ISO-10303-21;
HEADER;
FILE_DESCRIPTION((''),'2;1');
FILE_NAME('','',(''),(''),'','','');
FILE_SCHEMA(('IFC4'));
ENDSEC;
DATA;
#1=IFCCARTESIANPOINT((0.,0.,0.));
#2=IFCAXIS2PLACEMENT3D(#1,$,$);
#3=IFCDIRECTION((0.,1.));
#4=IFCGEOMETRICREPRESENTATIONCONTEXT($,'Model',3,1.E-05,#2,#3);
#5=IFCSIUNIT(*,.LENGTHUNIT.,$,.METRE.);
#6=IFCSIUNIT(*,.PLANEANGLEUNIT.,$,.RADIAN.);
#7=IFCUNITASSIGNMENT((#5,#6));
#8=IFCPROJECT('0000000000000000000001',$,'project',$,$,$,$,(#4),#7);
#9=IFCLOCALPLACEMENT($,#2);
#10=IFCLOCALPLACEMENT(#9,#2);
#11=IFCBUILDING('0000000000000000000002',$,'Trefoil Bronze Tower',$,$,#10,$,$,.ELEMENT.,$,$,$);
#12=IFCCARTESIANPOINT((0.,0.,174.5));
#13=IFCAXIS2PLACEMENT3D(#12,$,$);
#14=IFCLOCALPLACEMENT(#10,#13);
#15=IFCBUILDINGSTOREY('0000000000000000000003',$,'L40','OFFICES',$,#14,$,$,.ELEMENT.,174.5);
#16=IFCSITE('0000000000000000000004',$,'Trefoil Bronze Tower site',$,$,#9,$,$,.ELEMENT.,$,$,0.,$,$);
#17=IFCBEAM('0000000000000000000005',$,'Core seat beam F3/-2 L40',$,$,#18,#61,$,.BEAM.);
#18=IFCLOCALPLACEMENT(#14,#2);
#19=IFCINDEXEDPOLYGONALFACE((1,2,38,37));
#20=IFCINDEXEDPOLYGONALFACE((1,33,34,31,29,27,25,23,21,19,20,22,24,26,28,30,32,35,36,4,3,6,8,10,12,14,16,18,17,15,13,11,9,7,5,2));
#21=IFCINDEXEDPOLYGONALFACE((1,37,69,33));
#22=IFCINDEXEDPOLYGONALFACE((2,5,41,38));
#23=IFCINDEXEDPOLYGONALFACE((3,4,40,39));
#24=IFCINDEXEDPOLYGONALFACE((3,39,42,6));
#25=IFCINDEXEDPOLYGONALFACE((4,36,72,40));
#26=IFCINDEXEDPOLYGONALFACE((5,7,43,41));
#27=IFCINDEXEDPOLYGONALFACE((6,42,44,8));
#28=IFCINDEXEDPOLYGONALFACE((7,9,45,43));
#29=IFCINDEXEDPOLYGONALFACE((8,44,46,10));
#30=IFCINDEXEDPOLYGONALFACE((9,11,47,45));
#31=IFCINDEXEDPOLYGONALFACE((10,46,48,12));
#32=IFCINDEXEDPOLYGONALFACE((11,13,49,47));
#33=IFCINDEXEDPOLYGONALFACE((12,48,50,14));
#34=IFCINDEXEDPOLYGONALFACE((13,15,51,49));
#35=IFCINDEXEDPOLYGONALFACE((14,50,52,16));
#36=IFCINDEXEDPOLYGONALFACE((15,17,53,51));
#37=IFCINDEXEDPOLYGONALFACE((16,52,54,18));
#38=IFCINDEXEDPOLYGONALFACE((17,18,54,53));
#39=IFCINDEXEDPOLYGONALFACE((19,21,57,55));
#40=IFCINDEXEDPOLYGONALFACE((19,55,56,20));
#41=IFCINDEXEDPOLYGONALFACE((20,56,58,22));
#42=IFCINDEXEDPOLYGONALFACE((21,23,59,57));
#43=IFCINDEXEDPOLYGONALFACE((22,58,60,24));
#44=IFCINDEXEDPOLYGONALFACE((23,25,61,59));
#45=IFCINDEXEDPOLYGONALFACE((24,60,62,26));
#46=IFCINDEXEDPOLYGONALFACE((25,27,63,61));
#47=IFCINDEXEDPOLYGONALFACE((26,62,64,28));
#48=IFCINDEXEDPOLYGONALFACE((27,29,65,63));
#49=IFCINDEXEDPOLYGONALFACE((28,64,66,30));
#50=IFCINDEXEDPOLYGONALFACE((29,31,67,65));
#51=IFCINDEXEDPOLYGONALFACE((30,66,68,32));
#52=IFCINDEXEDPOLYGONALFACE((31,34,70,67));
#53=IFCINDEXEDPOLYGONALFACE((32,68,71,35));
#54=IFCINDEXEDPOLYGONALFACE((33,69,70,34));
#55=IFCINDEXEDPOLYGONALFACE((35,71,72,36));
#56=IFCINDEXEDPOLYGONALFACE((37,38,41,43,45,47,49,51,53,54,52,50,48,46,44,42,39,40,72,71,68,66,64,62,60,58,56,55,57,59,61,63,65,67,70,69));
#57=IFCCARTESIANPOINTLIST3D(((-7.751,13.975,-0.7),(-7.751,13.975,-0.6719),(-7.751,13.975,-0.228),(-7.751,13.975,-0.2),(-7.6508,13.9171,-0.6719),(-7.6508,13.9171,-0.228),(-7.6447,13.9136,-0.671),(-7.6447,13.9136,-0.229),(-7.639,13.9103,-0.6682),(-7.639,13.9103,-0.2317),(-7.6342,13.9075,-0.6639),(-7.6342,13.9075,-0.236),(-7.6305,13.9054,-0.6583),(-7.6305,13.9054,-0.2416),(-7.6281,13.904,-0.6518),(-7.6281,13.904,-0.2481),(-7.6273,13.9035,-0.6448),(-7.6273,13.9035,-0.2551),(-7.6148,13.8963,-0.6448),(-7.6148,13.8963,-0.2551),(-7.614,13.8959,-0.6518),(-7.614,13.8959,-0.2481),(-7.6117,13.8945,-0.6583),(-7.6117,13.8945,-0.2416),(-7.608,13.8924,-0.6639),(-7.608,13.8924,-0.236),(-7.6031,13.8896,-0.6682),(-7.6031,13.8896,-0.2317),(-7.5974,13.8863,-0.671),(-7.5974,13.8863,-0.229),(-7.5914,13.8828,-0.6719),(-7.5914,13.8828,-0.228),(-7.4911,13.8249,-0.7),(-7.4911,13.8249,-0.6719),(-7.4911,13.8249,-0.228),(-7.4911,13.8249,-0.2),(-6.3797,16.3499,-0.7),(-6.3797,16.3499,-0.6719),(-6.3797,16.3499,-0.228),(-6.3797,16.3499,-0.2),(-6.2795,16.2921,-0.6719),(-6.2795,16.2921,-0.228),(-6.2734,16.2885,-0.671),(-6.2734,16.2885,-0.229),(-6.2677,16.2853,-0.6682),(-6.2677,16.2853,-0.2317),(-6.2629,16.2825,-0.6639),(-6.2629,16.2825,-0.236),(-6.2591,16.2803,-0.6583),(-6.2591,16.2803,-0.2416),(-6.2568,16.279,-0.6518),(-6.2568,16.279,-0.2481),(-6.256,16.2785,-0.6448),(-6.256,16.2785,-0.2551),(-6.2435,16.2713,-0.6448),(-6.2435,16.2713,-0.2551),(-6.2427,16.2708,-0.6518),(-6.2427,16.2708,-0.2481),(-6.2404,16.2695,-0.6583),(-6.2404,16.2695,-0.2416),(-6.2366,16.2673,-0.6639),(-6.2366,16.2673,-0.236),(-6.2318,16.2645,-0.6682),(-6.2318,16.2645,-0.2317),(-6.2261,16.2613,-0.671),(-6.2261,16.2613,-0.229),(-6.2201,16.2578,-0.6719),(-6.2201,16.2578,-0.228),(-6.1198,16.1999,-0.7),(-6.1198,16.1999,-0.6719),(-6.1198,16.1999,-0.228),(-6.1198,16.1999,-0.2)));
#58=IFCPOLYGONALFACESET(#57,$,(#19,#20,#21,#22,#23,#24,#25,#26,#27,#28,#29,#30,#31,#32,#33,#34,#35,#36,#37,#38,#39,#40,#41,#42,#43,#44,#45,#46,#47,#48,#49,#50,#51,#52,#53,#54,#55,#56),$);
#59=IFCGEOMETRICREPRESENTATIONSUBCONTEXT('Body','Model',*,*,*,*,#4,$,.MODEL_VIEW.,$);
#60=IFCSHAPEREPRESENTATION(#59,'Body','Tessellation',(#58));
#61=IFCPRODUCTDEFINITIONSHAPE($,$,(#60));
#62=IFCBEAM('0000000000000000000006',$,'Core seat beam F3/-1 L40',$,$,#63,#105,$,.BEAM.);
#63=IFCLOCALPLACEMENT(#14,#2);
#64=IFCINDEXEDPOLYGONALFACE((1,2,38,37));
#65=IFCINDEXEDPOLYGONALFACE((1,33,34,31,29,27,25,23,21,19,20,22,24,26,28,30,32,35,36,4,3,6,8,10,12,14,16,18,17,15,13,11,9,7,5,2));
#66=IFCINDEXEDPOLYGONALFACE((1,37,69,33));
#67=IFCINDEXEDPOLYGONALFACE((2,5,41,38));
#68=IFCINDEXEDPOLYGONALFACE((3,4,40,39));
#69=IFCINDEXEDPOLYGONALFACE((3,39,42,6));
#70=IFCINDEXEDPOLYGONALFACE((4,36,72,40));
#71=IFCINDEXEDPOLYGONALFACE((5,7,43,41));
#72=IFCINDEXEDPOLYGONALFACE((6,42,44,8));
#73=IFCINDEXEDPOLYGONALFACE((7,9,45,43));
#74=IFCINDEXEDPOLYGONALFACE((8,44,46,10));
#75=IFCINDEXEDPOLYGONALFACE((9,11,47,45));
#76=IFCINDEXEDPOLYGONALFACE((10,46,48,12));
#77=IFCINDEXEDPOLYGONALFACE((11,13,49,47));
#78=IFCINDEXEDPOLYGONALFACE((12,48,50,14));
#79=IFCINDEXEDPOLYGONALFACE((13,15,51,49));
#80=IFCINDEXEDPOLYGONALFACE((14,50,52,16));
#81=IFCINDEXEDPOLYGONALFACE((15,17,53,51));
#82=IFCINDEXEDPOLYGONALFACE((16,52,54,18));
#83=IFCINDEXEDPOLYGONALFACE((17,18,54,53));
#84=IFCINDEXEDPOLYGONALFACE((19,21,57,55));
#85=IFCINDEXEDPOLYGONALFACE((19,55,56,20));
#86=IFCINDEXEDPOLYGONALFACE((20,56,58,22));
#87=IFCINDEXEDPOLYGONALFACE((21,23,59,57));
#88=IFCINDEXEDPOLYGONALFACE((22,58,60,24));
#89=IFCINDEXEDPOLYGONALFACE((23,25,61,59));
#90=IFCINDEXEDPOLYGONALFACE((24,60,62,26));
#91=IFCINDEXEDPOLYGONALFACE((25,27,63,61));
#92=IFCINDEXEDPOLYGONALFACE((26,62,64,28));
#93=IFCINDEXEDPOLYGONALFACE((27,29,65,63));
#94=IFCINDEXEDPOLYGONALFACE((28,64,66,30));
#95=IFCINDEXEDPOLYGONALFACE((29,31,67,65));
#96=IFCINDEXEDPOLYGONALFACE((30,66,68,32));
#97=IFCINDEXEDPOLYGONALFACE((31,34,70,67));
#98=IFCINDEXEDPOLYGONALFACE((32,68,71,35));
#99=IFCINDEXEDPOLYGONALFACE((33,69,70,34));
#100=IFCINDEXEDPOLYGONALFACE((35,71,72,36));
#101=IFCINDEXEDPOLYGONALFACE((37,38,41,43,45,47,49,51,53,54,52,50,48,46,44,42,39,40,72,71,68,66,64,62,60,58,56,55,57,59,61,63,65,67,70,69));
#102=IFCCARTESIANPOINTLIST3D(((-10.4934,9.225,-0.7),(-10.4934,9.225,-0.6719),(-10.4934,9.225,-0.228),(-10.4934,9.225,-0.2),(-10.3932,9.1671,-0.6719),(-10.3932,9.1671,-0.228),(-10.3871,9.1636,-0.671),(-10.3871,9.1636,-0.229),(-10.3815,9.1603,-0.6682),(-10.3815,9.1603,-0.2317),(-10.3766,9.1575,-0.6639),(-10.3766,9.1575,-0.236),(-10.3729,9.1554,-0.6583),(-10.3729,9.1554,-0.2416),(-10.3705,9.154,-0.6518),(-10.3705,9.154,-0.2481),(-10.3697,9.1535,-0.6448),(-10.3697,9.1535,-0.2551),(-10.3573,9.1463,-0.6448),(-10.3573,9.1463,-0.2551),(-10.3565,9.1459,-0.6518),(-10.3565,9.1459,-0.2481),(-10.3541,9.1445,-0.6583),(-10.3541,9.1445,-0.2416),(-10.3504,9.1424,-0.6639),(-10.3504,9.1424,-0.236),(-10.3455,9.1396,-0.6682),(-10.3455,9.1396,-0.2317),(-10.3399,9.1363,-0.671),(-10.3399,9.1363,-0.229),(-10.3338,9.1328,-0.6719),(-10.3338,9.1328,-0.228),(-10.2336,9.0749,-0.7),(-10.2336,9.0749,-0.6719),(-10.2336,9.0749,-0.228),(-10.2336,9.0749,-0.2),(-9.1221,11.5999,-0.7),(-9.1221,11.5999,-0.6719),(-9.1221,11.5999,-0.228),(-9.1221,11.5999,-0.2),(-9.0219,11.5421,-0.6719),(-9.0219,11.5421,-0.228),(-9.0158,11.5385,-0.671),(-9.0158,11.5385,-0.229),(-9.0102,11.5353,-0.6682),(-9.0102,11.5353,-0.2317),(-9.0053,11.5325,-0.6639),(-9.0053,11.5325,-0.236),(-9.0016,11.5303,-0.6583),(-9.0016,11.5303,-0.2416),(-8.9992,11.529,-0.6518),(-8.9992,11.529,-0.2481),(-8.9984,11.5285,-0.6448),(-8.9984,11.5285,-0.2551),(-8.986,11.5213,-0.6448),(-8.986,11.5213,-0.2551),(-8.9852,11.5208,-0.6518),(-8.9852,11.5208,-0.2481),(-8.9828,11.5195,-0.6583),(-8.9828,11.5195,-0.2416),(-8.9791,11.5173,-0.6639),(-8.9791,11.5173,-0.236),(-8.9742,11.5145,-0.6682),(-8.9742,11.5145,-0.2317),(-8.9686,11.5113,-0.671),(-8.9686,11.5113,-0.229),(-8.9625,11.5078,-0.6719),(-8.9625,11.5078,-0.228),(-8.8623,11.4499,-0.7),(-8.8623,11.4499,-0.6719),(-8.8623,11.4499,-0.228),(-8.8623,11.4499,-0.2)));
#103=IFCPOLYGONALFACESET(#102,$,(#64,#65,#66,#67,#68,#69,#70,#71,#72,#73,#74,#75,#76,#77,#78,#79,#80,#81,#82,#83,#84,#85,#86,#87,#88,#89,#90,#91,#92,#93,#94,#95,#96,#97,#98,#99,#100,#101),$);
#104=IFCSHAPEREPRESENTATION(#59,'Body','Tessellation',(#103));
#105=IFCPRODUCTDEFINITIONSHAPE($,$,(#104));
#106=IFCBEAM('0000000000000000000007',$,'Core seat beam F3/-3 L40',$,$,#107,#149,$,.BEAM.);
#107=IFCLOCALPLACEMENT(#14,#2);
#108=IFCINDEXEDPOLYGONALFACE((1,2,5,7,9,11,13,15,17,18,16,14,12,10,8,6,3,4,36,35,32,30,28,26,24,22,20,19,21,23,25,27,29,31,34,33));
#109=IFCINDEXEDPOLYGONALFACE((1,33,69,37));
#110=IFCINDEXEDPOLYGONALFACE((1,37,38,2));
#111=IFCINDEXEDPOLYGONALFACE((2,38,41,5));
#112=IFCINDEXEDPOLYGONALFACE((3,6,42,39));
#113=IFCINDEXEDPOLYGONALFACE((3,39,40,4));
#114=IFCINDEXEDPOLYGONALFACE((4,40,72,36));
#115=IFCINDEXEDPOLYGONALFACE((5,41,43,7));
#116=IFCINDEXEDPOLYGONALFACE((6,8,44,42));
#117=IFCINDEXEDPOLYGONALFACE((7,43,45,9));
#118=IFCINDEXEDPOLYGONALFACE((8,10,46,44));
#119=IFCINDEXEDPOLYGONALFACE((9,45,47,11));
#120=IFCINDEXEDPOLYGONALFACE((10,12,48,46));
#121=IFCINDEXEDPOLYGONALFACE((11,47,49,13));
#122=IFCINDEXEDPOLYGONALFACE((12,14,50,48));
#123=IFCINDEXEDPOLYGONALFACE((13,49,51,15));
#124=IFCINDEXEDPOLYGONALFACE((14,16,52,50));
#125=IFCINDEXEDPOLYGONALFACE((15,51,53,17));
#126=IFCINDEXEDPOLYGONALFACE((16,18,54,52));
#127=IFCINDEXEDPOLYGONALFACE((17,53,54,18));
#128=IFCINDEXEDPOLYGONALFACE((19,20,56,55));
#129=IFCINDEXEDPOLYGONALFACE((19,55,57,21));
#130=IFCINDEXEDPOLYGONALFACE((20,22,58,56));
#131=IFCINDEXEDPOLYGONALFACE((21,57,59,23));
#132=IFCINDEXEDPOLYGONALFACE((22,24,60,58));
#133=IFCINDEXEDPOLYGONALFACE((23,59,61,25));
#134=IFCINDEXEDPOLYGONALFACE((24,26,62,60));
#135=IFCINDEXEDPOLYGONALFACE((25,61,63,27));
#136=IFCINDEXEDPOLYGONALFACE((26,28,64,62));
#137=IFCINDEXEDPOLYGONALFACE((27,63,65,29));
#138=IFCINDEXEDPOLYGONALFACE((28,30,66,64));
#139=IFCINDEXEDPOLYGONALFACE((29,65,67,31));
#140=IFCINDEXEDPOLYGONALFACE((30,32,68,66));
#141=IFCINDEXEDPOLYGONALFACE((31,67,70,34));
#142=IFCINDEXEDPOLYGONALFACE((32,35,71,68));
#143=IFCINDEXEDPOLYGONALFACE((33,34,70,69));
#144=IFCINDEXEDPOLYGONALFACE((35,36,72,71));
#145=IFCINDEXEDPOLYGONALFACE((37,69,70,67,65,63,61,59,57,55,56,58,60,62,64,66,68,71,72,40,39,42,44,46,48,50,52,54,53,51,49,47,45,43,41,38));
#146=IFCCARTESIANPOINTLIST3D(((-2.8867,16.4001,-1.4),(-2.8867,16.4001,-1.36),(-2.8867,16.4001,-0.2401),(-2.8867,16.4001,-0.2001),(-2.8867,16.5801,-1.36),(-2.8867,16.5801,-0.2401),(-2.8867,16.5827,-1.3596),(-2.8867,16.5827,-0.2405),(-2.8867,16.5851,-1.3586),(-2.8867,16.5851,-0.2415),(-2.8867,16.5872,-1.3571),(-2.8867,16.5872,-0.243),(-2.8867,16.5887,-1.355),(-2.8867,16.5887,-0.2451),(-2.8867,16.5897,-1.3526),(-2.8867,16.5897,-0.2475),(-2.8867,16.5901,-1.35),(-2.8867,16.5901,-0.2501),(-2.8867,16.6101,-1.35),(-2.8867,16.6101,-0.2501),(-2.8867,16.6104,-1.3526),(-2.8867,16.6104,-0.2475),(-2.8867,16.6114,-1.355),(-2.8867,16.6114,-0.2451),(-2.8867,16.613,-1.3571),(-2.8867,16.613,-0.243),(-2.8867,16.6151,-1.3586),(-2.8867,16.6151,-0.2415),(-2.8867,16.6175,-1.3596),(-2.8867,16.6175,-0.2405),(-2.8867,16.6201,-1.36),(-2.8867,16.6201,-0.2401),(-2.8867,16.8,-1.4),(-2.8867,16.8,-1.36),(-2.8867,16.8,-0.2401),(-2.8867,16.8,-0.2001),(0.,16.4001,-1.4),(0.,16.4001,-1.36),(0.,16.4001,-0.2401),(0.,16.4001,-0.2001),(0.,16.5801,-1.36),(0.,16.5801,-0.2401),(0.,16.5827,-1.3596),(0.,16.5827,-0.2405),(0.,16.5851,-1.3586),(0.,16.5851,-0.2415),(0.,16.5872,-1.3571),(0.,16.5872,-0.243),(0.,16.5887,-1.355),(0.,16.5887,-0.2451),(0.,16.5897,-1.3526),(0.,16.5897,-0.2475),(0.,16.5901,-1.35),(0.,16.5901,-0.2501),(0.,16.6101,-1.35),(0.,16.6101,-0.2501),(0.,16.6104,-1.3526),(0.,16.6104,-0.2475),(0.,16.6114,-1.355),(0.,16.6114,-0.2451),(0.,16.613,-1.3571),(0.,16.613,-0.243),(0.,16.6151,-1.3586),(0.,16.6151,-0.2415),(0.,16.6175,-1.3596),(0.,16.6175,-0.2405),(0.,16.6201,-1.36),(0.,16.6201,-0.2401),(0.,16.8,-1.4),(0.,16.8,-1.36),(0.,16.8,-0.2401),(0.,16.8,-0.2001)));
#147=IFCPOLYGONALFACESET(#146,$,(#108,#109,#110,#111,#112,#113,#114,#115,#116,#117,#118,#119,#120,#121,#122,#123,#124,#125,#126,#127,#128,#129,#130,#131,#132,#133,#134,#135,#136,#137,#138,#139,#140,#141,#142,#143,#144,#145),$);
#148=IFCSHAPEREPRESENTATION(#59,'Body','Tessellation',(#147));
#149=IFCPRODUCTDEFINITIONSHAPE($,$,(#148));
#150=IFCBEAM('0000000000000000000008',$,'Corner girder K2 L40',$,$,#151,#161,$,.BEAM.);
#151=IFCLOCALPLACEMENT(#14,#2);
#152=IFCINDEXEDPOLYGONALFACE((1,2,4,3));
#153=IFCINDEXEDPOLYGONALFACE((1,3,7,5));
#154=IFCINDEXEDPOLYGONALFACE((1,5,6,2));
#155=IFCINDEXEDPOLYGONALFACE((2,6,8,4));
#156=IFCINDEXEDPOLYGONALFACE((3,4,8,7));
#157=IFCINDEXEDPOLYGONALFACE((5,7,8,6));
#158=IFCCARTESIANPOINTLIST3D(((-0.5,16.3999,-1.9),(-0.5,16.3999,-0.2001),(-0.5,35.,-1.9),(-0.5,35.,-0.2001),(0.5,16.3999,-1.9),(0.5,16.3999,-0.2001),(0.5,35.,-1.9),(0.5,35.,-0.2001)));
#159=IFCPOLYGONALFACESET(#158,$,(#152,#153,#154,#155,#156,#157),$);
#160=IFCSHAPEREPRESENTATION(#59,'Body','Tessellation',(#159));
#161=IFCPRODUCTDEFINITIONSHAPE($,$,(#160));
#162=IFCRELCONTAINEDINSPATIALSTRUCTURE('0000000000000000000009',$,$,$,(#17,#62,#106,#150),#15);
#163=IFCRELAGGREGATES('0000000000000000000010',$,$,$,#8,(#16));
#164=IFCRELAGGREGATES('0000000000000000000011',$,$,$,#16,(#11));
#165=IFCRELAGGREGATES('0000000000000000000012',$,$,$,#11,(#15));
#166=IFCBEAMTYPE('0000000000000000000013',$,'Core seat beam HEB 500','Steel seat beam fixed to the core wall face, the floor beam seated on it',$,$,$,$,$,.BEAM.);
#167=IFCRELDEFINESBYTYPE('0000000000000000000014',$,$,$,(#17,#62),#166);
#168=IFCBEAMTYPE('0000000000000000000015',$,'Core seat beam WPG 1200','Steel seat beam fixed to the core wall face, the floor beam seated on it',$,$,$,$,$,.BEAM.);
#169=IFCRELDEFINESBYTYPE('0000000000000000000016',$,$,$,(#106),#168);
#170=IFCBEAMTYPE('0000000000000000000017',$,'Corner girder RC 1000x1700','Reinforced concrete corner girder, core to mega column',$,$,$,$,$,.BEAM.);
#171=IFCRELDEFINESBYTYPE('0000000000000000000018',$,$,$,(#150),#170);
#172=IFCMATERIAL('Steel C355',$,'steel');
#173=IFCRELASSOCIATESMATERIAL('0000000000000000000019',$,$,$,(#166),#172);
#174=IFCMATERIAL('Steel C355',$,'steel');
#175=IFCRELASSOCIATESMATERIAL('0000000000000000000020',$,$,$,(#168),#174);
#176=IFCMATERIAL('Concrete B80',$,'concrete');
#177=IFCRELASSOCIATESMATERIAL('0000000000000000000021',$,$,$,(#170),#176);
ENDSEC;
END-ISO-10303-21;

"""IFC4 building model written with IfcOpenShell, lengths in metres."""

from ifc_helpers import new_model, si_unit, direction, frame, origin, origin_2d, place, context, subcontext, project, spatial, rectangle, i_section, extrude, material, material_profile, profile_set, type_object, element, save


model = new_model("IFC4")

# Units and contexts
model_context = context("Model", 3, precision=1e-05, world=origin(), true_north=direction((0.0, 1.0)))
body_context = subcontext(model_context, "Body", "Model", "MODEL_VIEW")
ifc_project = project(units=[si_unit("LENGTHUNIT", "METRE"), si_unit("PLANEANGLEUNIT", "RADIAN")], contexts=[model_context])

# Site, building, storey
site_placement = place(None, origin())
site = spatial("IfcSite", under=ifc_project, at=site_placement, Name="Trefoil Bronze Tower site", CompositionType="ELEMENT", RefElevation=0.0)
building_placement = place(site_placement, origin())
building = spatial("IfcBuilding", under=site, at=building_placement, Name="Trefoil Bronze Tower", CompositionType="ELEMENT")
storey_placement = place(building_placement, frame((0.0, 0.0, 174.5)))
storey = spatial("IfcBuildingStorey", under=building, at=storey_placement, Name="L40", Description="OFFICES", CompositionType="ELEMENT", Elevation=174.5)

# Beams
ifc_material_1 = material(Name="Steel C355", Category="steel")
ifc_material_profile_1 = material_profile(ifc_material_1, i_section(OverallWidth=0.3, OverallDepth=0.5, WebThickness=0.0144, FlangeThickness=0.0281, FilletRadius=0.0271, at=origin_2d()), Name="HEB 500")
ifc_profile_set_1 = profile_set([ifc_material_profile_1], Name="Steel C355")
beam_type_1 = type_object("IfcBeamType", Name="Core seat beam HEB 500", Description="Steel seat beam fixed to the core wall face, the floor beam seated on it", PredefinedType="BEAM", material=ifc_profile_set_1)
for number, where, z_axis, x_axis, name in (
    (1, (-6.2498, 16.2749, -0.45), (-0.500036, -0.866005, 0.0), (0.866005, -0.500036, 0.0), "Core seat beam F3/-2 L40"),
    (2, (-8.9922, 11.5249, -0.45), (-0.500036, -0.866005, 0.0), (0.866005, -0.500036, 0.0), "Core seat beam F3/-1 L40"),
):
    element("IfcBeam", number, at=place(storey_placement, frame(where, z_axis=z_axis, x_axis=x_axis)), inside=storey, type_object=beam_type_1, Name=name, PredefinedType="BEAM", context=body_context, shape_type="SweptSolid", body=[
        extrude(i_section(OverallWidth=0.3, OverallDepth=0.5, WebThickness=0.0144, FlangeThickness=0.0281, FilletRadius=0.0271, at=origin_2d()), origin(), (0.0, 0.0, 1.0), 2.7424),
    ])
ifc_material_2 = material(Name="Steel C355", Category="steel")
ifc_material_profile_2 = material_profile(ifc_material_2, i_section(OverallWidth=0.3999, OverallDepth=1.2, WebThickness=0.02, FlangeThickness=0.04, FilletRadius=0.01, at=origin_2d()), Name="WPG 1200")
ifc_profile_set_2 = profile_set([ifc_material_profile_2], Name="Steel C355")
beam_type_2 = type_object("IfcBeamType", Name="Core seat beam WPG 1200", Description="Steel seat beam fixed to the core wall face, the floor beam seated on it", PredefinedType="BEAM", material=ifc_profile_set_2)
beam_1_placement = place(storey_placement, frame((0.0, 16.6001, -0.8), z_axis=(-1.0, 0.0, 0.0), x_axis=(0.0, -1.0, 0.0)))
element("IfcBeam", 3, at=beam_1_placement, inside=storey, type_object=beam_type_2, Name="Core seat beam F3/-3 L40", PredefinedType="BEAM", context=body_context, shape_type="SweptSolid", body=[
    extrude(i_section(OverallWidth=0.3999, OverallDepth=1.2, WebThickness=0.02, FlangeThickness=0.04, FilletRadius=0.01, at=origin_2d()), origin(), (0.0, 0.0, 1.0), 2.8867),
])
ifc_material_3 = material(Name="Concrete B80", Category="concrete")
ifc_material_profile_3 = material_profile(ifc_material_3, rectangle(XDim=1.0, YDim=1.7, at=origin_2d()), Name="RC 1000x1700")
ifc_profile_set_3 = profile_set([ifc_material_profile_3], Name="Concrete B80")
beam_type_3 = type_object("IfcBeamType", Name="Corner girder RC 1000x1700", Description="Reinforced concrete corner girder, core to mega column", PredefinedType="BEAM", material=ifc_profile_set_3)
beam_2_placement = place(storey_placement, frame((0.0, 16.3999, -1.05), z_axis=(0.0, 1.0, 0.0), x_axis=(-1.0, 0.0, 0.0)))
element("IfcBeam", 4, at=beam_2_placement, inside=storey, type_object=beam_type_3, Name="Corner girder K2 L40", PredefinedType="BEAM", context=body_context, shape_type="SweptSolid", body=[
    extrude(rectangle(XDim=1.0, YDim=1.7, at=origin_2d()), origin(), (0.0, 0.0, 1.0), 18.6001),
])

save(model, "model.ifc")
